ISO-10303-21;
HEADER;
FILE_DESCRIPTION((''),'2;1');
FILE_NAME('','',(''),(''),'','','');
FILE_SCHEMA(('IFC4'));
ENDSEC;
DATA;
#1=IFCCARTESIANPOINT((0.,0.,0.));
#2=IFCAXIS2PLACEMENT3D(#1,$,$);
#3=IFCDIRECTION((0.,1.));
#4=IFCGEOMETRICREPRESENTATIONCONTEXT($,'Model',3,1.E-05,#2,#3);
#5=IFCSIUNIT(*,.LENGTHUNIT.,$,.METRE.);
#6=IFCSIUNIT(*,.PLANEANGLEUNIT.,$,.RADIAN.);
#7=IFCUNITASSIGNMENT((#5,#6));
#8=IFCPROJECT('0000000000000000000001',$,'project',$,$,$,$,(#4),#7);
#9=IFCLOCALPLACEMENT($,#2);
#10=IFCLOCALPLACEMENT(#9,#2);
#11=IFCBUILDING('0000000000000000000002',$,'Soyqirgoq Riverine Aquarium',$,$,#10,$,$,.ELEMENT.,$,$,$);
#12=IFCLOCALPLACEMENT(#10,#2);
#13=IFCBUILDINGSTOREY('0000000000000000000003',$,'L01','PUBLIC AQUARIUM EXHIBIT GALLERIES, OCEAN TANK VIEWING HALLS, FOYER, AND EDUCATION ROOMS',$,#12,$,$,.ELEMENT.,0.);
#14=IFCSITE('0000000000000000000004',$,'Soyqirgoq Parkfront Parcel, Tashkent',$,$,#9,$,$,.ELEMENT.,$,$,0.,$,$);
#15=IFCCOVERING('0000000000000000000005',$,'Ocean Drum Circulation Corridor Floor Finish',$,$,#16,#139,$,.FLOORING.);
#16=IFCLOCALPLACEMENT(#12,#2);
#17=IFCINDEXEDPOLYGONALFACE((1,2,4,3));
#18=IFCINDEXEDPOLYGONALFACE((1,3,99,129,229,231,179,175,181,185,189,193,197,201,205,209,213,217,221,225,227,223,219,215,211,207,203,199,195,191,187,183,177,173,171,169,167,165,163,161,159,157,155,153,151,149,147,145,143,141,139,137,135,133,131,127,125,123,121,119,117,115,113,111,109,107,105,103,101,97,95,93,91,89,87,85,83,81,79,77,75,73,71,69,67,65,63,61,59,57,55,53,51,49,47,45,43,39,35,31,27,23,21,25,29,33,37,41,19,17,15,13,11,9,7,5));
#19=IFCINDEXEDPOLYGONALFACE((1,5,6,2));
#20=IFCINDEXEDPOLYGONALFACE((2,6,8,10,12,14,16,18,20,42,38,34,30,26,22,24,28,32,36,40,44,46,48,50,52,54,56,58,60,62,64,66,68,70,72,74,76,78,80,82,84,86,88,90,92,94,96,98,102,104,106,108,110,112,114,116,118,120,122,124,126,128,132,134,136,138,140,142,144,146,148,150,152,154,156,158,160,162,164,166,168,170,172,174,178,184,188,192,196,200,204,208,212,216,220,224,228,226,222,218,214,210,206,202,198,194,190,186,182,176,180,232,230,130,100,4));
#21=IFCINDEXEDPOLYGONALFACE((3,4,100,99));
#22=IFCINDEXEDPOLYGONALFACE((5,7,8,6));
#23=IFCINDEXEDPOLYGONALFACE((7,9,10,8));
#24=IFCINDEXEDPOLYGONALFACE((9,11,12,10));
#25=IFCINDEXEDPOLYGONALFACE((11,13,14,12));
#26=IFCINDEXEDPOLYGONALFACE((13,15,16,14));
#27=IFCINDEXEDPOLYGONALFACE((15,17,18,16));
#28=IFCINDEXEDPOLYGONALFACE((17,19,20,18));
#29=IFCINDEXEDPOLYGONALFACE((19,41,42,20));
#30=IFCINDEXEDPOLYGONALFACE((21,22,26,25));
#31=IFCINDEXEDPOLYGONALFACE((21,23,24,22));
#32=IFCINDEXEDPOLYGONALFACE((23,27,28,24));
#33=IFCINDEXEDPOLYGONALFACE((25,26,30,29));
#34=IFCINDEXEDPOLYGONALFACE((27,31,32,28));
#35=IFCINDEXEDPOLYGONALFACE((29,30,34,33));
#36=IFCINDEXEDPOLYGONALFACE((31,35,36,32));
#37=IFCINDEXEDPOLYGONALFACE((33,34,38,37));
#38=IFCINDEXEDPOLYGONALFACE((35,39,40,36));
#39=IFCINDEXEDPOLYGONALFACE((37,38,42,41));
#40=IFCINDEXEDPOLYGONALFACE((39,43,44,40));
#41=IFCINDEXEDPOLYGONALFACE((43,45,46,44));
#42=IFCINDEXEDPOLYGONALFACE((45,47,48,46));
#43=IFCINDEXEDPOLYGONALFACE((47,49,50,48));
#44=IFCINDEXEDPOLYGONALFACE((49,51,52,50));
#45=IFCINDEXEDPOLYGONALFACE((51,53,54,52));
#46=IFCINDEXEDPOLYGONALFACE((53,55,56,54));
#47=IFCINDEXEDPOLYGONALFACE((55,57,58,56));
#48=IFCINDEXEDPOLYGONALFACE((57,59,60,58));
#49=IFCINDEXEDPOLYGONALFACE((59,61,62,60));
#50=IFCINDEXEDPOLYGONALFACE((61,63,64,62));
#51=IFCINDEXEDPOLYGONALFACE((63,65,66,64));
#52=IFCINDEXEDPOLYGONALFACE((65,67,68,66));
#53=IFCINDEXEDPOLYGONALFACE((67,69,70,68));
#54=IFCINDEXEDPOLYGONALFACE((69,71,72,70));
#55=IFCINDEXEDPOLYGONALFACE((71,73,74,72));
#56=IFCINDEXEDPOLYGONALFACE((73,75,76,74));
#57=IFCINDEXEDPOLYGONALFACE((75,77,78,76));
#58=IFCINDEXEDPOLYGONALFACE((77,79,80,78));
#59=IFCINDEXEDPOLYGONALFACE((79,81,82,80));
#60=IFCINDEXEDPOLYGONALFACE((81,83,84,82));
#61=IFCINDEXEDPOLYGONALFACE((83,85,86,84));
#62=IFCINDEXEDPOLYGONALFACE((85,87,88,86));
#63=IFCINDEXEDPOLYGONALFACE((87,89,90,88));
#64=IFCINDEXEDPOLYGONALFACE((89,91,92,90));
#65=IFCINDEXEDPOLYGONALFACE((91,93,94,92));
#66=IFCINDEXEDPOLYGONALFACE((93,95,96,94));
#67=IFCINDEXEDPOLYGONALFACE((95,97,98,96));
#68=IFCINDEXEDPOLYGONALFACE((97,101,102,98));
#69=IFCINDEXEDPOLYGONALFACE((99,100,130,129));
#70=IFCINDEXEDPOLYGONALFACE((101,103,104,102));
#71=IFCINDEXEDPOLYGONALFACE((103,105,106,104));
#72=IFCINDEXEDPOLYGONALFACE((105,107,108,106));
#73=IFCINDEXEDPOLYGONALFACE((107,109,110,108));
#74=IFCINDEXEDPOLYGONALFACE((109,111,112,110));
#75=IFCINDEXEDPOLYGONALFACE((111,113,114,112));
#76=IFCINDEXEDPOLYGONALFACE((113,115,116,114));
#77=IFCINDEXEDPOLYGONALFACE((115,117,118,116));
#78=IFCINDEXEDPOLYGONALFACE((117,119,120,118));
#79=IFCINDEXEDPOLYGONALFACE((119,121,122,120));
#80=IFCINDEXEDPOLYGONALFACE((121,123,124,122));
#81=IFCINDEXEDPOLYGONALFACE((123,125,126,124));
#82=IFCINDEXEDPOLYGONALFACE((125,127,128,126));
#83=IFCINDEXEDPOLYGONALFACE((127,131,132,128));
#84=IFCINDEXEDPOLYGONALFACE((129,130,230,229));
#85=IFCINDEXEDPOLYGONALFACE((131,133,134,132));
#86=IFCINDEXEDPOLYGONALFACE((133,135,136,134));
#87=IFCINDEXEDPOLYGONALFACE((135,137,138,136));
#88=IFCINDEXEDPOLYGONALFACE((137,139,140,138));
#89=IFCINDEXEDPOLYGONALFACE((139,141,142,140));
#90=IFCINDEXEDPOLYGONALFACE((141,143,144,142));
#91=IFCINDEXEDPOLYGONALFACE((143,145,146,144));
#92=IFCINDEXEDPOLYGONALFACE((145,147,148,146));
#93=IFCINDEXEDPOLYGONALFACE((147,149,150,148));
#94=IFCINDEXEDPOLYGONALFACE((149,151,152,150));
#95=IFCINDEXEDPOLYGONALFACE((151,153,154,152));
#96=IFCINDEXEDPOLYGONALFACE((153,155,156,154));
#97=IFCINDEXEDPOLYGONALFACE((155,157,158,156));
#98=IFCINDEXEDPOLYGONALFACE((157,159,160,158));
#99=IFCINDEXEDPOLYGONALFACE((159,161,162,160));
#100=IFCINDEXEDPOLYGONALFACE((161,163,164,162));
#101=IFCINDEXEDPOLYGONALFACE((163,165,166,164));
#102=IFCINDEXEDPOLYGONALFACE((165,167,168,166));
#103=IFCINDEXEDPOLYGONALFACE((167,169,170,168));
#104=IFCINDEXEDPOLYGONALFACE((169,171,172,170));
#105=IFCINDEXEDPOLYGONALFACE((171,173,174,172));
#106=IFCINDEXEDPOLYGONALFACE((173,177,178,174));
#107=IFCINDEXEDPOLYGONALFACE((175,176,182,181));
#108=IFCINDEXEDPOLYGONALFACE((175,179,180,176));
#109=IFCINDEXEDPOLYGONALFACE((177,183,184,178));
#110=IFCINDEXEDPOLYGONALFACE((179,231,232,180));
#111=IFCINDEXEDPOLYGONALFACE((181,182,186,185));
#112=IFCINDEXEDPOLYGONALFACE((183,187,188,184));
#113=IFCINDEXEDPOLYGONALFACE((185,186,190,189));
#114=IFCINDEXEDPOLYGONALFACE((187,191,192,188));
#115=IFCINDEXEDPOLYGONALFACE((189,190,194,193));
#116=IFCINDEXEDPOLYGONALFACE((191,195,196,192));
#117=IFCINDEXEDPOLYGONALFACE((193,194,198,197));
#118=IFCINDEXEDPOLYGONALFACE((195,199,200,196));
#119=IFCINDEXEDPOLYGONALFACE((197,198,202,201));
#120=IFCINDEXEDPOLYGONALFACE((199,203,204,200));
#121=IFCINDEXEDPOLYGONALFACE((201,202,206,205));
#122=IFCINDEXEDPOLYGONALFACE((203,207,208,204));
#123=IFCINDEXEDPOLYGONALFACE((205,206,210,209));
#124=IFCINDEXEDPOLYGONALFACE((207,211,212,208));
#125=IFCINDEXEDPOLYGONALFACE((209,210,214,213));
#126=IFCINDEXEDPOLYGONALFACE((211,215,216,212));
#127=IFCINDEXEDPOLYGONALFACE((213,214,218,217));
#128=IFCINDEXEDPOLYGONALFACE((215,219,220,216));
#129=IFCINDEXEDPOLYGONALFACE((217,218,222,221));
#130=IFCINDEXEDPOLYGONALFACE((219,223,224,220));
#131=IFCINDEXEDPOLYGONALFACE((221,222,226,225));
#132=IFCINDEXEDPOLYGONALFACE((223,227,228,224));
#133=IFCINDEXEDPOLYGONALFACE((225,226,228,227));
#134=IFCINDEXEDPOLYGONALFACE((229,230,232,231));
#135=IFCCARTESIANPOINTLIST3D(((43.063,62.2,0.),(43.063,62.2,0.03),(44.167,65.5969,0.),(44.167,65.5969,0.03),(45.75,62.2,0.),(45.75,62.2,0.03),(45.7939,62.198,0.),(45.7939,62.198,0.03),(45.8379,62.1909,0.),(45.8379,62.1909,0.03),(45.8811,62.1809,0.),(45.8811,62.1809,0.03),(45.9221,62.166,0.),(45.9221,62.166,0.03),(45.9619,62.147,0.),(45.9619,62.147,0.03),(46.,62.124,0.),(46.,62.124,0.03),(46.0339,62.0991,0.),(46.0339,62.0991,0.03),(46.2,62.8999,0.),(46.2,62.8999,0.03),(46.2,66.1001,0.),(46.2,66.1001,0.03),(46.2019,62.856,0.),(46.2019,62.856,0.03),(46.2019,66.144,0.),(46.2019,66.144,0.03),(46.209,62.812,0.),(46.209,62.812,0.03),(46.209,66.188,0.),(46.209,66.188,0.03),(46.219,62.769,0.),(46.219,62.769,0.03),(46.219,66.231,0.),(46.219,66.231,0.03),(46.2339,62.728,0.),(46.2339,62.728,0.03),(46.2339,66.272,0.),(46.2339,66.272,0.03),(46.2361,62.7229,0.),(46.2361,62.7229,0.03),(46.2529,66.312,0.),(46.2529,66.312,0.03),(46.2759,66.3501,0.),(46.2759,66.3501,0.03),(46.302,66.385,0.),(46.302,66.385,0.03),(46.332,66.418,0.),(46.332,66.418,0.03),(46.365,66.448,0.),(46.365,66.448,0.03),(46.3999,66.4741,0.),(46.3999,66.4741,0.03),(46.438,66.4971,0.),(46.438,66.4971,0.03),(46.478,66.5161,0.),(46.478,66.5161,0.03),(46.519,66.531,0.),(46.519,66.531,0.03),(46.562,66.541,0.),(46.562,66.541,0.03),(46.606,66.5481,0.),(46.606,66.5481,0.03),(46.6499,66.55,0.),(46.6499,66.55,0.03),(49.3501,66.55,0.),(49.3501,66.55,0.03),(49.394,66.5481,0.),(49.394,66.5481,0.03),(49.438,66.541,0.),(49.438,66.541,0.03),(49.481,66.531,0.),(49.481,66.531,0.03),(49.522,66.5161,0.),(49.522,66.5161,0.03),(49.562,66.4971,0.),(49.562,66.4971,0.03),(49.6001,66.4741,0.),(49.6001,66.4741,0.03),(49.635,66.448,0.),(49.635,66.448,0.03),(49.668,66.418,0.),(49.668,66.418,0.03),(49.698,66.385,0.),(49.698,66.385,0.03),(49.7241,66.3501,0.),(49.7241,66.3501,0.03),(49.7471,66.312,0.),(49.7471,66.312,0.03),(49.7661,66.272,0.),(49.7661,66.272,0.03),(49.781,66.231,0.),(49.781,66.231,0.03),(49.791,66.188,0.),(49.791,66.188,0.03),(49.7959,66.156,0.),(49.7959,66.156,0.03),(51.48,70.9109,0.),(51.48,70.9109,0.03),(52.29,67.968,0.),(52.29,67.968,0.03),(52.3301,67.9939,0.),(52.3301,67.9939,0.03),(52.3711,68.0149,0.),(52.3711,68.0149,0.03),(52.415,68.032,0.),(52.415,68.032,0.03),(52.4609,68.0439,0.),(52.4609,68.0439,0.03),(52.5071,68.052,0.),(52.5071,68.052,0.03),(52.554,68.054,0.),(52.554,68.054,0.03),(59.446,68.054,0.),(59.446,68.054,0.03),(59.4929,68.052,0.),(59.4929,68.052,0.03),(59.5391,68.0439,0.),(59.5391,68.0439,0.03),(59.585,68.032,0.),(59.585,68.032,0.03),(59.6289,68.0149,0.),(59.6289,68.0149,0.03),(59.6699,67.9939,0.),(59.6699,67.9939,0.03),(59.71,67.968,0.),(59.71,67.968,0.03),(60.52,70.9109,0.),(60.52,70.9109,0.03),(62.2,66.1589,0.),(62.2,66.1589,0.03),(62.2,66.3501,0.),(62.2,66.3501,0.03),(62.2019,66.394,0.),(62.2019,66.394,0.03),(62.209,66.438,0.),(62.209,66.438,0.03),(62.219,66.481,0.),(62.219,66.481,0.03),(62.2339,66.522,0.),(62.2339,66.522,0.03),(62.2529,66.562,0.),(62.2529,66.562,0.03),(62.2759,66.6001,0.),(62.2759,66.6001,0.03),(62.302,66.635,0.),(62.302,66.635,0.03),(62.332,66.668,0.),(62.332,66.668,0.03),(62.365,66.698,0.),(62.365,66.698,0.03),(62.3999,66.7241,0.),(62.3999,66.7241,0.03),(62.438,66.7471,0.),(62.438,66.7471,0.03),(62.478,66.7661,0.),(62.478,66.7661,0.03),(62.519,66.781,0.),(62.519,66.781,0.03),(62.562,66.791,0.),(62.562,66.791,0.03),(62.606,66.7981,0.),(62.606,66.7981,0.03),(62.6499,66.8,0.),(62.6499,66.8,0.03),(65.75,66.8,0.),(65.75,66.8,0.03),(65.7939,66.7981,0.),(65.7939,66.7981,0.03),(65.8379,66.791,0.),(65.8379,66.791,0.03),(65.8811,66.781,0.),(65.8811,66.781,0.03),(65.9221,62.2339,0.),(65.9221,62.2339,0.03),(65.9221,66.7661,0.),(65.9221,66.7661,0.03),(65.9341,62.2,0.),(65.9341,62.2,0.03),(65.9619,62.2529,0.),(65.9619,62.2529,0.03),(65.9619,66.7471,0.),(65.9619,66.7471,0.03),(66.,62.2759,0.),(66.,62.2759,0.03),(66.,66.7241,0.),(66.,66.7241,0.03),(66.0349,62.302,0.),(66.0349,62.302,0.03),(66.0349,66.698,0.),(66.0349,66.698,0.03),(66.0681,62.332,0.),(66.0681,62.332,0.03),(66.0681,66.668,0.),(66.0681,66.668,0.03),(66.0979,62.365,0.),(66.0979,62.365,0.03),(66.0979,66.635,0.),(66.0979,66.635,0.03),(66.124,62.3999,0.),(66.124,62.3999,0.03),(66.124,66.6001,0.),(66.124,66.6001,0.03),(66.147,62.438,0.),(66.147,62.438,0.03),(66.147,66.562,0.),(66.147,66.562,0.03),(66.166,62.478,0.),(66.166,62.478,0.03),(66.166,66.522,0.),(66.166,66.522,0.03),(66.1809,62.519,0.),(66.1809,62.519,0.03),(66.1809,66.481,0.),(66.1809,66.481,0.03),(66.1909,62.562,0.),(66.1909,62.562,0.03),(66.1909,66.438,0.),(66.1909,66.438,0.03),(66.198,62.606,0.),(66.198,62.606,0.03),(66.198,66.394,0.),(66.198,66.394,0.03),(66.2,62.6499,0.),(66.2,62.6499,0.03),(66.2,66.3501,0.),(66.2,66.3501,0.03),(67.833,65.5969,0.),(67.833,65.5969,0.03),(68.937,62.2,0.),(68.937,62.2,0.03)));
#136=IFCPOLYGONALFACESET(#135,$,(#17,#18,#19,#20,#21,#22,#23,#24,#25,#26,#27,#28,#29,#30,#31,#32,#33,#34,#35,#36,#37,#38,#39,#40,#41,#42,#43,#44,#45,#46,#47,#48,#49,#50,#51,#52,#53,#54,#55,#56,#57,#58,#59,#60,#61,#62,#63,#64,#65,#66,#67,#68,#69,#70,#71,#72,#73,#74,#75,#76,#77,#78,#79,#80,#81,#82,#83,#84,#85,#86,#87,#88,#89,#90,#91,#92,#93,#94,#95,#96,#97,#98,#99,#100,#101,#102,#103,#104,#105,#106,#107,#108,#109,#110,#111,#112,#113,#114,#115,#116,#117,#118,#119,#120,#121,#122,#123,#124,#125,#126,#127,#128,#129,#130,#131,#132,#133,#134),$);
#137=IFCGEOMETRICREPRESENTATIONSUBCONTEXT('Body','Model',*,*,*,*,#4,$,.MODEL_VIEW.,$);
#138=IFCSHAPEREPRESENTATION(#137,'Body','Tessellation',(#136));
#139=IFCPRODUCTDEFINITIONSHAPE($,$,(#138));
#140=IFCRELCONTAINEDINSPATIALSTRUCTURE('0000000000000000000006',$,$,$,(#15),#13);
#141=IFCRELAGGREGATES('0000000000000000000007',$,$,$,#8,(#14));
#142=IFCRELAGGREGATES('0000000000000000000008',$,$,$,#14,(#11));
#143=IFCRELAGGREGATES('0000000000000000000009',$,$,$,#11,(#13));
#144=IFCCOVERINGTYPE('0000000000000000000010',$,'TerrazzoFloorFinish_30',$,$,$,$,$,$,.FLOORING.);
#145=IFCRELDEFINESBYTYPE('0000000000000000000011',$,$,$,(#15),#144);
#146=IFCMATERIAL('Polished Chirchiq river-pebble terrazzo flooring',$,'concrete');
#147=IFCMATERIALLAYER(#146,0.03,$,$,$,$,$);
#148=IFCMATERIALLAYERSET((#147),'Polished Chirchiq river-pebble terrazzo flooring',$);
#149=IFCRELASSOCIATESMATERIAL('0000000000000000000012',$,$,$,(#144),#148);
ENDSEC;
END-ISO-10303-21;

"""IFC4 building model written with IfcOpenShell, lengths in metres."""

from ifc_helpers import new_model, si_unit, direction, origin, place, context, subcontext, project, spatial, polyline, outline, extrude, material, layer, layer_set, type_object, element, save


model = new_model("IFC4")

# Units and contexts
model_context = context("Model", 3, precision=1e-05, world=origin(), true_north=direction((0.0, 1.0)))
body_context = subcontext(model_context, "Body", "Model", "MODEL_VIEW")
ifc_project = project(units=[si_unit("LENGTHUNIT", "METRE"), si_unit("PLANEANGLEUNIT", "RADIAN")], contexts=[model_context])

# Site, building, storey
site_placement = place(None, origin())
site = spatial("IfcSite", under=ifc_project, at=site_placement, Name="Soyqirgoq Parkfront Parcel, Tashkent", CompositionType="ELEMENT", RefElevation=0.0)
building_placement = place(site_placement, origin())
building = spatial("IfcBuilding", under=site, at=building_placement, Name="Soyqirgoq Riverine Aquarium", CompositionType="ELEMENT")
storey_placement = place(building_placement, origin())
storey = spatial("IfcBuildingStorey", under=building, at=storey_placement, Name="L01", Description="PUBLIC AQUARIUM EXHIBIT GALLERIES, OCEAN TANK VIEWING HALLS, FOYER, AND EDUCATION ROOMS", CompositionType="ELEMENT", Elevation=0.0)

# Covering
ifc_material_1 = material(Name="Polished Chirchiq river-pebble terrazzo flooring", Category="concrete")
ifc_layer_1 = layer(ifc_material_1, 0.03)
ifc_layer_set_1 = layer_set([ifc_layer_1], Name="Polished Chirchiq river-pebble terrazzo flooring")
covering_type_1 = type_object("IfcCoveringType", Name="TerrazzoFloorFinish_30", PredefinedType="FLOORING", material=ifc_layer_set_1)
covering_1_placement = place(storey_placement, origin())
element("IfcCovering", 1, at=covering_1_placement, inside=storey, type_object=covering_type_1, Name="Ocean Drum Circulation Corridor Floor Finish", PredefinedType="FLOORING", context=body_context, shape_type="SweptSolid", body=[
    extrude(outline(polyline([(46.0, 62.124), (45.9619, 62.147), (45.9221, 62.166), (45.8811, 62.1809), (45.8379, 62.1909), (45.7939, 62.198), (45.75, 62.2), (43.063, 62.2), (44.167, 65.5969), (51.48, 70.9109), (60.52, 70.9109), (67.833, 65.5969), (68.937, 62.2), (65.9341, 62.2), (65.9221, 62.2339), (65.9619, 62.2529), (66.0, 62.2759), (66.0349, 62.302), (66.0681, 62.332), (66.0979, 62.365), (66.124, 62.3999), (66.147, 62.438), (66.166, 62.478), (66.1809, 62.519), (66.1909, 62.562), (66.198, 62.606), (66.2, 62.6499), (66.2, 66.3501), (66.198, 66.394), (66.1909, 66.438), (66.1809, 66.481), (66.166, 66.522), (66.147, 66.562), (66.124, 66.6001), (66.0979, 66.635), (66.0681, 66.668), (66.0349, 66.698), (66.0, 66.7241), (65.9619, 66.7471), (65.9221, 66.7661), (65.8811, 66.781), (65.8379, 66.791), (65.7939, 66.7981), (65.75, 66.8), (62.6499, 66.8), (62.606, 66.7981), (62.562, 66.791), (62.519, 66.781), (62.478, 66.7661), (62.438, 66.7471), (62.3999, 66.7241), (62.365, 66.698), (62.332, 66.668), (62.302, 66.635), (62.2759, 66.6001), (62.2529, 66.562), (62.2339, 66.522), (62.219, 66.481), (62.209, 66.438), (62.2019, 66.394), (62.2, 66.3501), (62.2, 66.1589), (59.71, 67.968), (59.6699, 67.9939), (59.6289, 68.0149), (59.585, 68.032), (59.5391, 68.0439), (59.4929, 68.052), (59.446, 68.054), (52.554, 68.054), (52.5071, 68.052), (52.4609, 68.0439), (52.415, 68.032), (52.3711, 68.0149), (52.3301, 67.9939), (52.29, 67.968), (49.7959, 66.156), (49.791, 66.188), (49.781, 66.231), (49.7661, 66.272), (49.7471, 66.312), (49.7241, 66.3501), (49.698, 66.385), (49.668, 66.418), (49.635, 66.448), (49.6001, 66.4741), (49.562, 66.4971), (49.522, 66.5161), (49.481, 66.531), (49.438, 66.541), (49.394, 66.5481), (49.3501, 66.55), (46.6499, 66.55), (46.606, 66.5481), (46.562, 66.541), (46.519, 66.531), (46.478, 66.5161), (46.438, 66.4971), (46.3999, 66.4741), (46.365, 66.448), (46.332, 66.418), (46.302, 66.385), (46.2759, 66.3501), (46.2529, 66.312), (46.2339, 66.272), (46.219, 66.231), (46.209, 66.188), (46.2019, 66.144), (46.2, 66.1001), (46.2, 62.8999), (46.2019, 62.856), (46.209, 62.812), (46.219, 62.769), (46.2339, 62.728), (46.2361, 62.7229), (46.0339, 62.0991), (46.0, 62.124)])), origin(), (0.0, 0.0, 1.0), 0.03),
])

save(model, "model.ifc")
